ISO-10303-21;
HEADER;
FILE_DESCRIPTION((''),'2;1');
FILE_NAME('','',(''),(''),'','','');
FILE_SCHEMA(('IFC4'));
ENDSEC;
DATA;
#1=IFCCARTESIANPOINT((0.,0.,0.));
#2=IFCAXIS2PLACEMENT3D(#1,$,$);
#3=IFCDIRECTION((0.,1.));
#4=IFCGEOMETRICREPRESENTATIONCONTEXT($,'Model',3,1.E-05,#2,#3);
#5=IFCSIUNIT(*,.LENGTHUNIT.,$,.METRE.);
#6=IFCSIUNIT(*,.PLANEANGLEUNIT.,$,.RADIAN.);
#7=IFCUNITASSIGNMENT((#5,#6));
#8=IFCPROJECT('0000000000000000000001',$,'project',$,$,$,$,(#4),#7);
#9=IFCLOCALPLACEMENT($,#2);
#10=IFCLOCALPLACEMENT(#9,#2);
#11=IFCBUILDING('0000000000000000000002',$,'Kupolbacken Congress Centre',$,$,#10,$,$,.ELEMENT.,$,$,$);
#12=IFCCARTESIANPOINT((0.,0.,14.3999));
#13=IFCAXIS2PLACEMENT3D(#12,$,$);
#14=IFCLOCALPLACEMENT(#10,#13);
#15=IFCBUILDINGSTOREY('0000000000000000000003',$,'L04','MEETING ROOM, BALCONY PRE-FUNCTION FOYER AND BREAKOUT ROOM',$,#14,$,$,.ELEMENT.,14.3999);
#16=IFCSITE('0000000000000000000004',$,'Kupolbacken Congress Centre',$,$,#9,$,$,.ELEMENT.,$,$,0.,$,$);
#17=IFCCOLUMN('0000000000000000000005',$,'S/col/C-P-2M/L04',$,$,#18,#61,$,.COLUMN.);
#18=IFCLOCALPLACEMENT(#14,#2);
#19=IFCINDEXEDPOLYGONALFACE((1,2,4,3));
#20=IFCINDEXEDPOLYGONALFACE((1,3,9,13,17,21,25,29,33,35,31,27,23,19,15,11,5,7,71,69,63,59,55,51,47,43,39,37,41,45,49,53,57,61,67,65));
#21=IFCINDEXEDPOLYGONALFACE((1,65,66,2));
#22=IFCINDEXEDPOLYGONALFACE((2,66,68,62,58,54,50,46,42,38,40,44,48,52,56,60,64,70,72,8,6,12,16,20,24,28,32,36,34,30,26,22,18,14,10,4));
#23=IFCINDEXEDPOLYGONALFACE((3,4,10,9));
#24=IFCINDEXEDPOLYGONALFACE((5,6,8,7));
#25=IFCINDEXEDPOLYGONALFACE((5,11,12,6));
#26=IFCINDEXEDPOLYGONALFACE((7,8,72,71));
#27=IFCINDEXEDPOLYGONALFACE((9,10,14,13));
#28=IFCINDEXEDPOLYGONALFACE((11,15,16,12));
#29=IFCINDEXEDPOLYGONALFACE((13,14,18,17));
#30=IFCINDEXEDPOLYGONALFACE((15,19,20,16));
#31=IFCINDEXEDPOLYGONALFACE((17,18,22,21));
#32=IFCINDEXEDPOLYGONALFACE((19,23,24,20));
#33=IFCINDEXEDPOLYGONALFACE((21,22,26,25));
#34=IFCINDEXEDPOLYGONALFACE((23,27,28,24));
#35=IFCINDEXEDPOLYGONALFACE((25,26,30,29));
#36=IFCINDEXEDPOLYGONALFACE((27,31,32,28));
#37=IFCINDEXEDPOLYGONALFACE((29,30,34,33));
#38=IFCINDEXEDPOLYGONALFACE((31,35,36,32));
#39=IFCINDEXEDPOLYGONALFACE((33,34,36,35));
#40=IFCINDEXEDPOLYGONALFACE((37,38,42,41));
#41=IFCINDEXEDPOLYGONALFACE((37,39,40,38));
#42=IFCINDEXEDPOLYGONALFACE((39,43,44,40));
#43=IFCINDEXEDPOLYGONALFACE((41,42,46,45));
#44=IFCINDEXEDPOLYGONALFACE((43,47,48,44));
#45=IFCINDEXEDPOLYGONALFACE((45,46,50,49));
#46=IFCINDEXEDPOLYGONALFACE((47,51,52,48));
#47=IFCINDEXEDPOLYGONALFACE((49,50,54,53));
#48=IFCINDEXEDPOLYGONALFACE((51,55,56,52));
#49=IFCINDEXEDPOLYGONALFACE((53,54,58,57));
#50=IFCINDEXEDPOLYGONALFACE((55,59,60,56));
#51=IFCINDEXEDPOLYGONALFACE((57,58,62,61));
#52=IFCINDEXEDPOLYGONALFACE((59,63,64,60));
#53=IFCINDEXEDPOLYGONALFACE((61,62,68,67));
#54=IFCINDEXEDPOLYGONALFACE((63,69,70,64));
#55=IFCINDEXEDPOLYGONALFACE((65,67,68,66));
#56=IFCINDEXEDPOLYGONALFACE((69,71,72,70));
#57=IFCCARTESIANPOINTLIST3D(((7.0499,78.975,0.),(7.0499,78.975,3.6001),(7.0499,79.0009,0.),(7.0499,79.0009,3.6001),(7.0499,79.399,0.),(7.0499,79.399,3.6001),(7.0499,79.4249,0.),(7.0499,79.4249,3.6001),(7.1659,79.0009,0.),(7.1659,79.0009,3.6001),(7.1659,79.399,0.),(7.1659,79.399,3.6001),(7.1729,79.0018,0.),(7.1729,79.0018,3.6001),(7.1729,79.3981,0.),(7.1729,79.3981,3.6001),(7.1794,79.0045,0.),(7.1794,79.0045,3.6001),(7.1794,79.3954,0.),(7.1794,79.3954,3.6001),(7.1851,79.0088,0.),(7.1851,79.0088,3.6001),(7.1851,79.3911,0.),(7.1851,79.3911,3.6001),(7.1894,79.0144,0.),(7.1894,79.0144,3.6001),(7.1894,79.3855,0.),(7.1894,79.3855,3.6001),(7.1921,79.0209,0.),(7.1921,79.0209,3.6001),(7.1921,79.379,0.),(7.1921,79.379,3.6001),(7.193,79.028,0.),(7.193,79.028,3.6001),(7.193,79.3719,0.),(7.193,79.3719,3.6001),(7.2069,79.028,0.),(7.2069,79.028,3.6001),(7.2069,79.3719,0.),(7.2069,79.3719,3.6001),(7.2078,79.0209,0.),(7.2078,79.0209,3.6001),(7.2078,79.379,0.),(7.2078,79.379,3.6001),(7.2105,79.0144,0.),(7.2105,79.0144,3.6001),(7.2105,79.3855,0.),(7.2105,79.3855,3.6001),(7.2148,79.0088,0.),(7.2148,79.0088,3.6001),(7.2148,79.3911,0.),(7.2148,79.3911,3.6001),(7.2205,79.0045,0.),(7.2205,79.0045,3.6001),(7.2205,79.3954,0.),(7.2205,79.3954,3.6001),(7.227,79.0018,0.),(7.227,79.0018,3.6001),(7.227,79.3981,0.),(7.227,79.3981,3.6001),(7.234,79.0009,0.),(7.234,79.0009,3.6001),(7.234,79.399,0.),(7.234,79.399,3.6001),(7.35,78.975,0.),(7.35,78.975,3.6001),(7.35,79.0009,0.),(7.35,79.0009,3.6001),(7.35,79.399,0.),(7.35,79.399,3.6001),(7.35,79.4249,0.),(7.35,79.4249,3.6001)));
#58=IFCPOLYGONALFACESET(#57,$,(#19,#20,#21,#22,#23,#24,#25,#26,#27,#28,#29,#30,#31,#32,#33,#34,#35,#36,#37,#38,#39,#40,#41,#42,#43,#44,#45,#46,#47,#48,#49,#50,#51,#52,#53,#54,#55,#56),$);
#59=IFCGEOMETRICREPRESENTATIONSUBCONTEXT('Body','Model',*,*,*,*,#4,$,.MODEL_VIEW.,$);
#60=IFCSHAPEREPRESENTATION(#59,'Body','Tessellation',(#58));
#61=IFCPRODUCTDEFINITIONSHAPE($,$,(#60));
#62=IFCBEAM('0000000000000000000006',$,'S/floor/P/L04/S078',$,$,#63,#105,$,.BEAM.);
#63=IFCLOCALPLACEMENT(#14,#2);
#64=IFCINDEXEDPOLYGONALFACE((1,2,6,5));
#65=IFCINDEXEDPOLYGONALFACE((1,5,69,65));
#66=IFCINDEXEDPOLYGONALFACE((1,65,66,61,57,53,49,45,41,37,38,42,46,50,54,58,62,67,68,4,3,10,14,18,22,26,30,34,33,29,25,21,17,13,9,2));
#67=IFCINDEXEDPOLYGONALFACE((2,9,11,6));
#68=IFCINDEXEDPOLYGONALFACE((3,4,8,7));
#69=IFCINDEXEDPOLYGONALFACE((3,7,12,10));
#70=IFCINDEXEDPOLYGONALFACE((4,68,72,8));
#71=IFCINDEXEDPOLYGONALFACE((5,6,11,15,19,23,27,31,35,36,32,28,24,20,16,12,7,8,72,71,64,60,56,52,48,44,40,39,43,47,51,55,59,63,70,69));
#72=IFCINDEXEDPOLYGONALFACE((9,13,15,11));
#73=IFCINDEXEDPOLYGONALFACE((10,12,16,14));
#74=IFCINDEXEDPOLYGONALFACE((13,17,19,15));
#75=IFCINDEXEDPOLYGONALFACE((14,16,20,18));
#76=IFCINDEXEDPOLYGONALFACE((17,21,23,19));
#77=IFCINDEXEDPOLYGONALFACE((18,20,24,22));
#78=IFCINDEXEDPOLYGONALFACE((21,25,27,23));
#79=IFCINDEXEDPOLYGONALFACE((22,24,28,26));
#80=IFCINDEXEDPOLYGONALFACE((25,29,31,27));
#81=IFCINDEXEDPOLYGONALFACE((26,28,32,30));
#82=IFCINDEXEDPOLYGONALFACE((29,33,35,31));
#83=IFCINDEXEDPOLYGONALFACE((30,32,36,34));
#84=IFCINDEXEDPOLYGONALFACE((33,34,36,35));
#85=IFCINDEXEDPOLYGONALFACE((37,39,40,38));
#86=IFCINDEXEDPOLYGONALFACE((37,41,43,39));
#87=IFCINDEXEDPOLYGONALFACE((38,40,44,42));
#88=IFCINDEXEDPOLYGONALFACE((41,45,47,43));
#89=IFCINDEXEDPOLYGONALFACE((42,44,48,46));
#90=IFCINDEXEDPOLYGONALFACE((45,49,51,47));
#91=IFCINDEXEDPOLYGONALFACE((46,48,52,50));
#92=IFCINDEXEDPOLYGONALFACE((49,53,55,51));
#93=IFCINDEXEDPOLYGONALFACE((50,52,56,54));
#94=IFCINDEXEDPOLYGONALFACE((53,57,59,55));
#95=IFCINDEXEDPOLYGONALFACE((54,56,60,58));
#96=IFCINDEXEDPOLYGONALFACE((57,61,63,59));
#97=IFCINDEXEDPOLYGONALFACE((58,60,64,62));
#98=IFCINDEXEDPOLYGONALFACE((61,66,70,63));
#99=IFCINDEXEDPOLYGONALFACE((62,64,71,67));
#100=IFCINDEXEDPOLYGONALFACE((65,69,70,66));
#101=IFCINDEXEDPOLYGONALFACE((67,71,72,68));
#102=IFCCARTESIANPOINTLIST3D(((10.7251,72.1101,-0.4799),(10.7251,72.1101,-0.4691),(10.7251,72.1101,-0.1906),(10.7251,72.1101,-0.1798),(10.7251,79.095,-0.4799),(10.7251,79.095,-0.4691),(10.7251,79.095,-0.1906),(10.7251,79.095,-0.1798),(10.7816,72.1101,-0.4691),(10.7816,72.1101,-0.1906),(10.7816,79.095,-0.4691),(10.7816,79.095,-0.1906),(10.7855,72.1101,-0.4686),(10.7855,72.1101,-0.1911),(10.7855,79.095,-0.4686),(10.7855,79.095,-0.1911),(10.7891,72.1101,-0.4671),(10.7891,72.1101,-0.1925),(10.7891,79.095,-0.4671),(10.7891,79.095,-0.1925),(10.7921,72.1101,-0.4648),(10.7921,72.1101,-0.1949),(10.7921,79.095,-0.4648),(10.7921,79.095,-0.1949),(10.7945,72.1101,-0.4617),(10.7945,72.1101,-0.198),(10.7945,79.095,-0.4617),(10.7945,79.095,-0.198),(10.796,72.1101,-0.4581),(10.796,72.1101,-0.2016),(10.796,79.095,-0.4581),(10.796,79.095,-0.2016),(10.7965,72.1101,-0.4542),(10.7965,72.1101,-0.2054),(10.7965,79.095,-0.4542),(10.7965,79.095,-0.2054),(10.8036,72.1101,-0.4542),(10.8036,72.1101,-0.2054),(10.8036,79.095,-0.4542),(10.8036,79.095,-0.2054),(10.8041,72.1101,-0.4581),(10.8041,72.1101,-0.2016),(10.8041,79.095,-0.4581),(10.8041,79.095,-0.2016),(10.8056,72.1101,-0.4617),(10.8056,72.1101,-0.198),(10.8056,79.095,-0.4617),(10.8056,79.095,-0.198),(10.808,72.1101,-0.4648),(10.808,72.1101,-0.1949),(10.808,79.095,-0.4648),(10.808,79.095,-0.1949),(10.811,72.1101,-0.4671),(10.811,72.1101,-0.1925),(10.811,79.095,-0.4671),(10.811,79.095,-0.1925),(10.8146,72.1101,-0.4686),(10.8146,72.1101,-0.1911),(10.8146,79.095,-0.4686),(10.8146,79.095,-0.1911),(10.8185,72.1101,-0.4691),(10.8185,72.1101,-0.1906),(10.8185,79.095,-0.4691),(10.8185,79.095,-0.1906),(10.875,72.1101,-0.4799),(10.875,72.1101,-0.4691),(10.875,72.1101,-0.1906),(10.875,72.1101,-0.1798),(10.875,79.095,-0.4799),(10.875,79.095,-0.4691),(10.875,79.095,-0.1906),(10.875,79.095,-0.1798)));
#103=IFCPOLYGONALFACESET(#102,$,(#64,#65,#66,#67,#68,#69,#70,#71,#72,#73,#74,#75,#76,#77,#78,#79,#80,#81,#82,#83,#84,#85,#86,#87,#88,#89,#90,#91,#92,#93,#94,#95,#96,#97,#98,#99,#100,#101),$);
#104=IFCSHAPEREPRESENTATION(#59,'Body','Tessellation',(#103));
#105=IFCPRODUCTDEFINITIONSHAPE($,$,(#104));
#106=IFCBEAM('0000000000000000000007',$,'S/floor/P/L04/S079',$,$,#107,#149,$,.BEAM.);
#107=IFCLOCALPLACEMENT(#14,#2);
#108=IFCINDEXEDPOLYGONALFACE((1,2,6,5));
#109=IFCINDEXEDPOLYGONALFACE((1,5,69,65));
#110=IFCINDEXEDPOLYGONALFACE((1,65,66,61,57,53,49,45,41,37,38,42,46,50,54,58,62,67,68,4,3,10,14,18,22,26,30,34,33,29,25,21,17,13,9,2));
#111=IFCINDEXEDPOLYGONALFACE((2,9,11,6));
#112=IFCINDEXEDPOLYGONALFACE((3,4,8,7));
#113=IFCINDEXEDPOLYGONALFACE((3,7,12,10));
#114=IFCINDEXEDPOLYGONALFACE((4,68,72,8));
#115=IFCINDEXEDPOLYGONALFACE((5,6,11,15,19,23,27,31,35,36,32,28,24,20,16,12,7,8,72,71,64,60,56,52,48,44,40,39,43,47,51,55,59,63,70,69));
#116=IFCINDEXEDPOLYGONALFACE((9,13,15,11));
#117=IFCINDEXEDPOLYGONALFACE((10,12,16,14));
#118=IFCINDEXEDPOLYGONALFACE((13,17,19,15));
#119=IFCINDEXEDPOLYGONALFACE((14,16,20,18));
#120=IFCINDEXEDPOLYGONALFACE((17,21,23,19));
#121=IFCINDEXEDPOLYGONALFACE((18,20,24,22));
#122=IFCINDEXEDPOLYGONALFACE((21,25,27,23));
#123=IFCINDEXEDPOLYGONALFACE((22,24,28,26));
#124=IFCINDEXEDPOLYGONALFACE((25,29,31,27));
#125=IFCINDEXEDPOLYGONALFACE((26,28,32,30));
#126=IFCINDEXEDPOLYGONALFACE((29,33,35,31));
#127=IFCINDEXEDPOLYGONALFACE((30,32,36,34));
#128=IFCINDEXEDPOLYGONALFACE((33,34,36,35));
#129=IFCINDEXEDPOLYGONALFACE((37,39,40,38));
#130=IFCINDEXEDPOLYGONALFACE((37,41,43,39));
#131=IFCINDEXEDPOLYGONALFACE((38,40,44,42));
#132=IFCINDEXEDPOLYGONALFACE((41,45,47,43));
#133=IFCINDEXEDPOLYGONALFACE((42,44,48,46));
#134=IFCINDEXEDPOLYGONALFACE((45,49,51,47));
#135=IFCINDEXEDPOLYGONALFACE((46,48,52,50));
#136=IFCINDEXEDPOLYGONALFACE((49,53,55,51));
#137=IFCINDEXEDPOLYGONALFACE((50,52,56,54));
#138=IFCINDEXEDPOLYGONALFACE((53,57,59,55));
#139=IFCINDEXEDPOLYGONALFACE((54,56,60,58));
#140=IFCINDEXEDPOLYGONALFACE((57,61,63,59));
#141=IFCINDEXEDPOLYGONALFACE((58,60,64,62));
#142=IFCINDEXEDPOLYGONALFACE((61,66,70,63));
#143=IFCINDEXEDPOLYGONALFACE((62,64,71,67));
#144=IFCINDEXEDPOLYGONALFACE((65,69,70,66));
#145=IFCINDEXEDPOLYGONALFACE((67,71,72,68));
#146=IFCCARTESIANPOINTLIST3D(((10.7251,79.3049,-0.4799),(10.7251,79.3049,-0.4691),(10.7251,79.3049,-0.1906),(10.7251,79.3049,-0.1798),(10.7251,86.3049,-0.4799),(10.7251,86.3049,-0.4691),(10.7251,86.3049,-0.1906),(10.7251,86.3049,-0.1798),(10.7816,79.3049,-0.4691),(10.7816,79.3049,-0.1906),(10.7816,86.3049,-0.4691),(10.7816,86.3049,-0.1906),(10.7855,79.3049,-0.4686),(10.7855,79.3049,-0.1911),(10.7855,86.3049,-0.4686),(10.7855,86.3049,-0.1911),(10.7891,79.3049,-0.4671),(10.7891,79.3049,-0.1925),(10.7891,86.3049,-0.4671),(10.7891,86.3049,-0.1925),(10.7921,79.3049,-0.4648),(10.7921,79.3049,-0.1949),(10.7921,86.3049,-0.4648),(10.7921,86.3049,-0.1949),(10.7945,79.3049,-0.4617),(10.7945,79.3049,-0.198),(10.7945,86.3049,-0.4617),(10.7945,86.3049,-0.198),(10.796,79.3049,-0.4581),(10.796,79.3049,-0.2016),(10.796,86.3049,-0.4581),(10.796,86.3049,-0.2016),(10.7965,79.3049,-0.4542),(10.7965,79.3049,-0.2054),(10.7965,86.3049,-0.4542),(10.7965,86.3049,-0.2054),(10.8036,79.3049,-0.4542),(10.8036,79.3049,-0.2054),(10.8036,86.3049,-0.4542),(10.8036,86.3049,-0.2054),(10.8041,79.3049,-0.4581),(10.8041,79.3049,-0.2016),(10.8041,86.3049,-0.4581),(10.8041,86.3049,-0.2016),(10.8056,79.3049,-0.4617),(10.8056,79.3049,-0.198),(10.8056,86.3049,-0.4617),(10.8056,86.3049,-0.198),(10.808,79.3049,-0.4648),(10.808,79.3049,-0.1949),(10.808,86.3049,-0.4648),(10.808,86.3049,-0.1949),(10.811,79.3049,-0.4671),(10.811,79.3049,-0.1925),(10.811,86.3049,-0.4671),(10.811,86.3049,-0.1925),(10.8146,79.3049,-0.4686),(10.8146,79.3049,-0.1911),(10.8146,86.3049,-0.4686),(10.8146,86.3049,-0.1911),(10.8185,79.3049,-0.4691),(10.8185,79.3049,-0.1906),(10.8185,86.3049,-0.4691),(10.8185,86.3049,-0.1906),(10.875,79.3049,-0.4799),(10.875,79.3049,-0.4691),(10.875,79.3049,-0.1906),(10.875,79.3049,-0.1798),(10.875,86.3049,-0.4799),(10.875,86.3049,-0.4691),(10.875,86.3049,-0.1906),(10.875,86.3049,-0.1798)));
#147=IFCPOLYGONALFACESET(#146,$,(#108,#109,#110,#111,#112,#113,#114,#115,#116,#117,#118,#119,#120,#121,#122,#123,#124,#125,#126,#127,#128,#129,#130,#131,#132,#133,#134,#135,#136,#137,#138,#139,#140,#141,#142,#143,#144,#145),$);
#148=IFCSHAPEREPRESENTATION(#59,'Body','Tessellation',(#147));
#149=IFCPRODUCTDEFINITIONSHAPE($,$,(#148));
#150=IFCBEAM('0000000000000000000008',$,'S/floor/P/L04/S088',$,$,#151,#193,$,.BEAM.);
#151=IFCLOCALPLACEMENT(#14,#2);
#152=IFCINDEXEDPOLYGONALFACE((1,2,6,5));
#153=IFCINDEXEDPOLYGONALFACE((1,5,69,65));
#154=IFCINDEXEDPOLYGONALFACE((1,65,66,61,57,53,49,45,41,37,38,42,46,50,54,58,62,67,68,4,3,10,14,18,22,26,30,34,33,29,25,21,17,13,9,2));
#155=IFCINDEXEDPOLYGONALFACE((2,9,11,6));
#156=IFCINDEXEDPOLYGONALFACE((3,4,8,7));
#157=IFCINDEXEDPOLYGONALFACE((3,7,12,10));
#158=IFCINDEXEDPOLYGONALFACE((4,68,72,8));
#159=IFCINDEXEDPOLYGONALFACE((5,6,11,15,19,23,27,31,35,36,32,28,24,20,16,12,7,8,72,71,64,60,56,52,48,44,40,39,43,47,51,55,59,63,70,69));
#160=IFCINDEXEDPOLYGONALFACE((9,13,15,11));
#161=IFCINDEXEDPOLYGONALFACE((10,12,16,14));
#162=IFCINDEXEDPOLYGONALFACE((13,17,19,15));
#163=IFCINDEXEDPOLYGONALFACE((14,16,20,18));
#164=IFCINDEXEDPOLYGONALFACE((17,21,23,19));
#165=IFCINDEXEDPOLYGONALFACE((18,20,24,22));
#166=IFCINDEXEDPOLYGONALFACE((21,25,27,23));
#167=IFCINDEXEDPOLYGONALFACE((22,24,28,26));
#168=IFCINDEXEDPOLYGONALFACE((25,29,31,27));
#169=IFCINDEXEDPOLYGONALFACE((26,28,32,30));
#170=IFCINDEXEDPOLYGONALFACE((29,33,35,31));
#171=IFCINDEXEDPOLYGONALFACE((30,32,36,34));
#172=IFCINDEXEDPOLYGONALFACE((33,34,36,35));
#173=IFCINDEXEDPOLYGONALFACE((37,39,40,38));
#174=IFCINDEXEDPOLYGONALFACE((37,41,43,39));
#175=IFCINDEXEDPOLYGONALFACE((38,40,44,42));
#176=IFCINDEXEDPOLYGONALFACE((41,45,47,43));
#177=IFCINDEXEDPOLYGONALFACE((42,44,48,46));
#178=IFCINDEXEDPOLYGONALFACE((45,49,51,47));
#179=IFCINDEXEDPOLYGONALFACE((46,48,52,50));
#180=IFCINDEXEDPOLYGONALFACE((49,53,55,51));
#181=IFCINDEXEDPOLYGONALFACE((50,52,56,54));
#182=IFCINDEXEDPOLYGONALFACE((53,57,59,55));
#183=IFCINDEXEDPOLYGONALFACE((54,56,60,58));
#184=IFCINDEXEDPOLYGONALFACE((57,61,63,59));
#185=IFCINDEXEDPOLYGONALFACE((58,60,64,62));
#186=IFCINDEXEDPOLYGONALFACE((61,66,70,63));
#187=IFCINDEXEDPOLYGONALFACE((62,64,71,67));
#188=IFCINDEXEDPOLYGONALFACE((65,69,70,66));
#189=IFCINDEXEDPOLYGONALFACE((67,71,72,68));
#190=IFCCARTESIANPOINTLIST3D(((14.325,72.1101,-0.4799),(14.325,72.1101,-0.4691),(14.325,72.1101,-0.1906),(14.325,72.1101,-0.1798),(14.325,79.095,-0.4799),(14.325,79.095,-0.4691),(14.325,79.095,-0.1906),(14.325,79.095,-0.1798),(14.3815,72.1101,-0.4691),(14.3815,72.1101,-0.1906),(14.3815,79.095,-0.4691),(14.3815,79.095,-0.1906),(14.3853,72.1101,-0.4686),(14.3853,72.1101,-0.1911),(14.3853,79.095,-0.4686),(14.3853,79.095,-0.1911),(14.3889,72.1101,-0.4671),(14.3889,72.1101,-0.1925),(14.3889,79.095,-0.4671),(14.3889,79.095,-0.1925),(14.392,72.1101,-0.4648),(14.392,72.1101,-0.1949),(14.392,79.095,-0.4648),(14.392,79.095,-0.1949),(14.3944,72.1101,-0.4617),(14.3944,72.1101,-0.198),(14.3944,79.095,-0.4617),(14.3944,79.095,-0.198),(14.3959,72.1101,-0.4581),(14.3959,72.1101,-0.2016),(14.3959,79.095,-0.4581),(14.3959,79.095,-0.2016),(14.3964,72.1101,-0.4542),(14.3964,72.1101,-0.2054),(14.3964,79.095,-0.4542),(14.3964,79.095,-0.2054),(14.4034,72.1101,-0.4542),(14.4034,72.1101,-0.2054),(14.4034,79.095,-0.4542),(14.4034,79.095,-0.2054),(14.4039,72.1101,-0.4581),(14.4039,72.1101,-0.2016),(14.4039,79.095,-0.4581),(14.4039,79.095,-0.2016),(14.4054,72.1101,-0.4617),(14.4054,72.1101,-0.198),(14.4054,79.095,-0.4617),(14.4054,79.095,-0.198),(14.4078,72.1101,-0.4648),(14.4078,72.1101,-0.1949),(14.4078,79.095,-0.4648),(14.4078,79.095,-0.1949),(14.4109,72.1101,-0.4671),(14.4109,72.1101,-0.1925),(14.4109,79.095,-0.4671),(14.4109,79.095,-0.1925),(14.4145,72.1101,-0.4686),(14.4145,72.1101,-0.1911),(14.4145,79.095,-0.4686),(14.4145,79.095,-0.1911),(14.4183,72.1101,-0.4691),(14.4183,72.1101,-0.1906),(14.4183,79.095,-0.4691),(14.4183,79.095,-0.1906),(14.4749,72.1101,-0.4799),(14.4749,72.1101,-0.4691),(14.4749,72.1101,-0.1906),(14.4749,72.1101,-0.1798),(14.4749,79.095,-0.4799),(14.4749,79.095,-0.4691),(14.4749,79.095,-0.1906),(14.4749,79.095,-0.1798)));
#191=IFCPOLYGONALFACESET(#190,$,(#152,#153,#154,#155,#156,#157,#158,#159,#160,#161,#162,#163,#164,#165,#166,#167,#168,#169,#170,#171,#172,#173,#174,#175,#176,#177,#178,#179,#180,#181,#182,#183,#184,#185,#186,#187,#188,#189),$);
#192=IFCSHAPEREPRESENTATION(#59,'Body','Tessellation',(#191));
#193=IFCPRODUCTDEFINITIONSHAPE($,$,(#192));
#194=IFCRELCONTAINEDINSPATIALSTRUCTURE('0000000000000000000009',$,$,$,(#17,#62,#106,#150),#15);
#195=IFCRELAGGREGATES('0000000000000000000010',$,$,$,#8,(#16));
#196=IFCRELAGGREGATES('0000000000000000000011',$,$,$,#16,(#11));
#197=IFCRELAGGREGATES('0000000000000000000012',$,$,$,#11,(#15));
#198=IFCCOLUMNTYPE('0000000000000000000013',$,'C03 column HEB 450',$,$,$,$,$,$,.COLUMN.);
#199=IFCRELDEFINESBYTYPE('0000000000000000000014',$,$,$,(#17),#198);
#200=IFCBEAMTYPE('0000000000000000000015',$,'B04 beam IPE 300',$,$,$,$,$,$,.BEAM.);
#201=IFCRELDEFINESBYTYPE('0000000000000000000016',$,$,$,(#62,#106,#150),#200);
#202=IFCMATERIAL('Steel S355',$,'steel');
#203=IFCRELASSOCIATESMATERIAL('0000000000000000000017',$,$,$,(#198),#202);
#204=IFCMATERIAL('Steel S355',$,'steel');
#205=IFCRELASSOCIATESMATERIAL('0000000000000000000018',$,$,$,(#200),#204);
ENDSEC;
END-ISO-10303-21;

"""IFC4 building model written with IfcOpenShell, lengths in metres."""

from ifc_helpers import new_model, si_unit, direction, frame, origin, origin_2d, place, context, subcontext, project, spatial, i_section, extrude, material, material_profile, profile_set, type_object, element, save


model = new_model("IFC4")

# Units and contexts
model_context = context("Model", 3, precision=1e-05, world=origin(), true_north=direction((0.0, 1.0)))
body_context = subcontext(model_context, "Body", "Model", "MODEL_VIEW")
ifc_project = project(units=[si_unit("LENGTHUNIT", "METRE"), si_unit("PLANEANGLEUNIT", "RADIAN")], contexts=[model_context])

# Site, building, storey
site_placement = place(None, origin())
site = spatial("IfcSite", under=ifc_project, at=site_placement, Name="Kupolbacken Congress Centre", CompositionType="ELEMENT", RefElevation=0.0)
building_placement = place(site_placement, origin())
building = spatial("IfcBuilding", under=site, at=building_placement, Name="Kupolbacken Congress Centre", CompositionType="ELEMENT")
storey_placement = place(building_placement, frame((0.0, 0.0, 14.3999)))
storey = spatial("IfcBuildingStorey", under=building, at=storey_placement, Name="L04", Description="MEETING ROOM, BALCONY PRE-FUNCTION FOYER AND BREAKOUT ROOM", CompositionType="ELEMENT", Elevation=14.3999)

# Column
ifc_material_1 = material(Name="Steel S355", Category="steel")
ifc_material_profile_1 = material_profile(ifc_material_1, i_section(OverallWidth=0.3, OverallDepth=0.45, WebThickness=0.0139, FlangeThickness=0.0259, FilletRadius=0.0271, at=origin_2d()), Name="HEB 450")
ifc_profile_set_1 = profile_set([ifc_material_profile_1], Name="Steel S355")
column_type = type_object("IfcColumnType", Name="C03 column HEB 450", PredefinedType="COLUMN", material=ifc_profile_set_1)
column_placement = place(storey_placement, frame((7.2, 79.2, 0.0), z_axis=(0.0, 0.0, 1.0), x_axis=(1.0, 0.0, 0.0)))
element("IfcColumn", 1, at=column_placement, inside=storey, type_object=column_type, Name="S/col/C-P-2M/L04", PredefinedType="COLUMN", context=body_context, shape_type="SweptSolid", body=[
    extrude(i_section(OverallWidth=0.3, OverallDepth=0.45, WebThickness=0.0139, FlangeThickness=0.0259, FilletRadius=0.0271, at=origin_2d()), origin(), (0.0, 0.0, 1.0), 3.6001),
])

# Beams
ifc_material_2 = material(Name="Steel S355", Category="steel")
ifc_material_profile_2 = material_profile(ifc_material_2, i_section(OverallWidth=0.1499, OverallDepth=0.3, WebThickness=0.0071, FlangeThickness=0.0107, FilletRadius=0.0149, at=origin_2d()), Name="IPE 300")
ifc_profile_set_2 = profile_set([ifc_material_profile_2], Name="Steel S355")
beam_type_1 = type_object("IfcBeamType", Name="B04 beam IPE 300", PredefinedType="BEAM", material=ifc_profile_set_2)
beam_1_placement = place(storey_placement, frame((10.8, 72.1101, -0.3298), z_axis=(0.0, 1.0, 0.0), x_axis=(-1.0, 0.0, 0.0)))
element("IfcBeam", 2, at=beam_1_placement, inside=storey, type_object=beam_type_1, Name="S/floor/P/L04/S078", PredefinedType="BEAM", context=body_context, shape_type="SweptSolid", body=[
    extrude(i_section(OverallWidth=0.1499, OverallDepth=0.3, WebThickness=0.0071, FlangeThickness=0.0107, FilletRadius=0.0149, at=origin_2d()), origin(), (0.0, 0.0, 1.0), 6.9849),
])
beam_2_placement = place(storey_placement, frame((10.8, 79.3049, -0.3298), z_axis=(0.0, 1.0, 0.0), x_axis=(-1.0, 0.0, 0.0)))
element("IfcBeam", 3, at=beam_2_placement, inside=storey, type_object=beam_type_1, Name="S/floor/P/L04/S079", PredefinedType="BEAM", context=body_context, shape_type="SweptSolid", body=[
    extrude(i_section(OverallWidth=0.1499, OverallDepth=0.3, WebThickness=0.0071, FlangeThickness=0.0107, FilletRadius=0.0149, at=origin_2d()), origin(), (0.0, 0.0, 1.0), 7.0),
])
beam_3_placement = place(storey_placement, frame((14.3999, 72.1101, -0.3298), z_axis=(0.0, 1.0, 0.0), x_axis=(-1.0, 0.0, 0.0)))
element("IfcBeam", 4, at=beam_3_placement, inside=storey, type_object=beam_type_1, Name="S/floor/P/L04/S088", PredefinedType="BEAM", context=body_context, shape_type="SweptSolid", body=[
    extrude(i_section(OverallWidth=0.1499, OverallDepth=0.3, WebThickness=0.0071, FlangeThickness=0.0107, FilletRadius=0.0149, at=origin_2d()), origin(), (0.0, 0.0, 1.0), 6.9849),
])

save(model, "model.ifc")
